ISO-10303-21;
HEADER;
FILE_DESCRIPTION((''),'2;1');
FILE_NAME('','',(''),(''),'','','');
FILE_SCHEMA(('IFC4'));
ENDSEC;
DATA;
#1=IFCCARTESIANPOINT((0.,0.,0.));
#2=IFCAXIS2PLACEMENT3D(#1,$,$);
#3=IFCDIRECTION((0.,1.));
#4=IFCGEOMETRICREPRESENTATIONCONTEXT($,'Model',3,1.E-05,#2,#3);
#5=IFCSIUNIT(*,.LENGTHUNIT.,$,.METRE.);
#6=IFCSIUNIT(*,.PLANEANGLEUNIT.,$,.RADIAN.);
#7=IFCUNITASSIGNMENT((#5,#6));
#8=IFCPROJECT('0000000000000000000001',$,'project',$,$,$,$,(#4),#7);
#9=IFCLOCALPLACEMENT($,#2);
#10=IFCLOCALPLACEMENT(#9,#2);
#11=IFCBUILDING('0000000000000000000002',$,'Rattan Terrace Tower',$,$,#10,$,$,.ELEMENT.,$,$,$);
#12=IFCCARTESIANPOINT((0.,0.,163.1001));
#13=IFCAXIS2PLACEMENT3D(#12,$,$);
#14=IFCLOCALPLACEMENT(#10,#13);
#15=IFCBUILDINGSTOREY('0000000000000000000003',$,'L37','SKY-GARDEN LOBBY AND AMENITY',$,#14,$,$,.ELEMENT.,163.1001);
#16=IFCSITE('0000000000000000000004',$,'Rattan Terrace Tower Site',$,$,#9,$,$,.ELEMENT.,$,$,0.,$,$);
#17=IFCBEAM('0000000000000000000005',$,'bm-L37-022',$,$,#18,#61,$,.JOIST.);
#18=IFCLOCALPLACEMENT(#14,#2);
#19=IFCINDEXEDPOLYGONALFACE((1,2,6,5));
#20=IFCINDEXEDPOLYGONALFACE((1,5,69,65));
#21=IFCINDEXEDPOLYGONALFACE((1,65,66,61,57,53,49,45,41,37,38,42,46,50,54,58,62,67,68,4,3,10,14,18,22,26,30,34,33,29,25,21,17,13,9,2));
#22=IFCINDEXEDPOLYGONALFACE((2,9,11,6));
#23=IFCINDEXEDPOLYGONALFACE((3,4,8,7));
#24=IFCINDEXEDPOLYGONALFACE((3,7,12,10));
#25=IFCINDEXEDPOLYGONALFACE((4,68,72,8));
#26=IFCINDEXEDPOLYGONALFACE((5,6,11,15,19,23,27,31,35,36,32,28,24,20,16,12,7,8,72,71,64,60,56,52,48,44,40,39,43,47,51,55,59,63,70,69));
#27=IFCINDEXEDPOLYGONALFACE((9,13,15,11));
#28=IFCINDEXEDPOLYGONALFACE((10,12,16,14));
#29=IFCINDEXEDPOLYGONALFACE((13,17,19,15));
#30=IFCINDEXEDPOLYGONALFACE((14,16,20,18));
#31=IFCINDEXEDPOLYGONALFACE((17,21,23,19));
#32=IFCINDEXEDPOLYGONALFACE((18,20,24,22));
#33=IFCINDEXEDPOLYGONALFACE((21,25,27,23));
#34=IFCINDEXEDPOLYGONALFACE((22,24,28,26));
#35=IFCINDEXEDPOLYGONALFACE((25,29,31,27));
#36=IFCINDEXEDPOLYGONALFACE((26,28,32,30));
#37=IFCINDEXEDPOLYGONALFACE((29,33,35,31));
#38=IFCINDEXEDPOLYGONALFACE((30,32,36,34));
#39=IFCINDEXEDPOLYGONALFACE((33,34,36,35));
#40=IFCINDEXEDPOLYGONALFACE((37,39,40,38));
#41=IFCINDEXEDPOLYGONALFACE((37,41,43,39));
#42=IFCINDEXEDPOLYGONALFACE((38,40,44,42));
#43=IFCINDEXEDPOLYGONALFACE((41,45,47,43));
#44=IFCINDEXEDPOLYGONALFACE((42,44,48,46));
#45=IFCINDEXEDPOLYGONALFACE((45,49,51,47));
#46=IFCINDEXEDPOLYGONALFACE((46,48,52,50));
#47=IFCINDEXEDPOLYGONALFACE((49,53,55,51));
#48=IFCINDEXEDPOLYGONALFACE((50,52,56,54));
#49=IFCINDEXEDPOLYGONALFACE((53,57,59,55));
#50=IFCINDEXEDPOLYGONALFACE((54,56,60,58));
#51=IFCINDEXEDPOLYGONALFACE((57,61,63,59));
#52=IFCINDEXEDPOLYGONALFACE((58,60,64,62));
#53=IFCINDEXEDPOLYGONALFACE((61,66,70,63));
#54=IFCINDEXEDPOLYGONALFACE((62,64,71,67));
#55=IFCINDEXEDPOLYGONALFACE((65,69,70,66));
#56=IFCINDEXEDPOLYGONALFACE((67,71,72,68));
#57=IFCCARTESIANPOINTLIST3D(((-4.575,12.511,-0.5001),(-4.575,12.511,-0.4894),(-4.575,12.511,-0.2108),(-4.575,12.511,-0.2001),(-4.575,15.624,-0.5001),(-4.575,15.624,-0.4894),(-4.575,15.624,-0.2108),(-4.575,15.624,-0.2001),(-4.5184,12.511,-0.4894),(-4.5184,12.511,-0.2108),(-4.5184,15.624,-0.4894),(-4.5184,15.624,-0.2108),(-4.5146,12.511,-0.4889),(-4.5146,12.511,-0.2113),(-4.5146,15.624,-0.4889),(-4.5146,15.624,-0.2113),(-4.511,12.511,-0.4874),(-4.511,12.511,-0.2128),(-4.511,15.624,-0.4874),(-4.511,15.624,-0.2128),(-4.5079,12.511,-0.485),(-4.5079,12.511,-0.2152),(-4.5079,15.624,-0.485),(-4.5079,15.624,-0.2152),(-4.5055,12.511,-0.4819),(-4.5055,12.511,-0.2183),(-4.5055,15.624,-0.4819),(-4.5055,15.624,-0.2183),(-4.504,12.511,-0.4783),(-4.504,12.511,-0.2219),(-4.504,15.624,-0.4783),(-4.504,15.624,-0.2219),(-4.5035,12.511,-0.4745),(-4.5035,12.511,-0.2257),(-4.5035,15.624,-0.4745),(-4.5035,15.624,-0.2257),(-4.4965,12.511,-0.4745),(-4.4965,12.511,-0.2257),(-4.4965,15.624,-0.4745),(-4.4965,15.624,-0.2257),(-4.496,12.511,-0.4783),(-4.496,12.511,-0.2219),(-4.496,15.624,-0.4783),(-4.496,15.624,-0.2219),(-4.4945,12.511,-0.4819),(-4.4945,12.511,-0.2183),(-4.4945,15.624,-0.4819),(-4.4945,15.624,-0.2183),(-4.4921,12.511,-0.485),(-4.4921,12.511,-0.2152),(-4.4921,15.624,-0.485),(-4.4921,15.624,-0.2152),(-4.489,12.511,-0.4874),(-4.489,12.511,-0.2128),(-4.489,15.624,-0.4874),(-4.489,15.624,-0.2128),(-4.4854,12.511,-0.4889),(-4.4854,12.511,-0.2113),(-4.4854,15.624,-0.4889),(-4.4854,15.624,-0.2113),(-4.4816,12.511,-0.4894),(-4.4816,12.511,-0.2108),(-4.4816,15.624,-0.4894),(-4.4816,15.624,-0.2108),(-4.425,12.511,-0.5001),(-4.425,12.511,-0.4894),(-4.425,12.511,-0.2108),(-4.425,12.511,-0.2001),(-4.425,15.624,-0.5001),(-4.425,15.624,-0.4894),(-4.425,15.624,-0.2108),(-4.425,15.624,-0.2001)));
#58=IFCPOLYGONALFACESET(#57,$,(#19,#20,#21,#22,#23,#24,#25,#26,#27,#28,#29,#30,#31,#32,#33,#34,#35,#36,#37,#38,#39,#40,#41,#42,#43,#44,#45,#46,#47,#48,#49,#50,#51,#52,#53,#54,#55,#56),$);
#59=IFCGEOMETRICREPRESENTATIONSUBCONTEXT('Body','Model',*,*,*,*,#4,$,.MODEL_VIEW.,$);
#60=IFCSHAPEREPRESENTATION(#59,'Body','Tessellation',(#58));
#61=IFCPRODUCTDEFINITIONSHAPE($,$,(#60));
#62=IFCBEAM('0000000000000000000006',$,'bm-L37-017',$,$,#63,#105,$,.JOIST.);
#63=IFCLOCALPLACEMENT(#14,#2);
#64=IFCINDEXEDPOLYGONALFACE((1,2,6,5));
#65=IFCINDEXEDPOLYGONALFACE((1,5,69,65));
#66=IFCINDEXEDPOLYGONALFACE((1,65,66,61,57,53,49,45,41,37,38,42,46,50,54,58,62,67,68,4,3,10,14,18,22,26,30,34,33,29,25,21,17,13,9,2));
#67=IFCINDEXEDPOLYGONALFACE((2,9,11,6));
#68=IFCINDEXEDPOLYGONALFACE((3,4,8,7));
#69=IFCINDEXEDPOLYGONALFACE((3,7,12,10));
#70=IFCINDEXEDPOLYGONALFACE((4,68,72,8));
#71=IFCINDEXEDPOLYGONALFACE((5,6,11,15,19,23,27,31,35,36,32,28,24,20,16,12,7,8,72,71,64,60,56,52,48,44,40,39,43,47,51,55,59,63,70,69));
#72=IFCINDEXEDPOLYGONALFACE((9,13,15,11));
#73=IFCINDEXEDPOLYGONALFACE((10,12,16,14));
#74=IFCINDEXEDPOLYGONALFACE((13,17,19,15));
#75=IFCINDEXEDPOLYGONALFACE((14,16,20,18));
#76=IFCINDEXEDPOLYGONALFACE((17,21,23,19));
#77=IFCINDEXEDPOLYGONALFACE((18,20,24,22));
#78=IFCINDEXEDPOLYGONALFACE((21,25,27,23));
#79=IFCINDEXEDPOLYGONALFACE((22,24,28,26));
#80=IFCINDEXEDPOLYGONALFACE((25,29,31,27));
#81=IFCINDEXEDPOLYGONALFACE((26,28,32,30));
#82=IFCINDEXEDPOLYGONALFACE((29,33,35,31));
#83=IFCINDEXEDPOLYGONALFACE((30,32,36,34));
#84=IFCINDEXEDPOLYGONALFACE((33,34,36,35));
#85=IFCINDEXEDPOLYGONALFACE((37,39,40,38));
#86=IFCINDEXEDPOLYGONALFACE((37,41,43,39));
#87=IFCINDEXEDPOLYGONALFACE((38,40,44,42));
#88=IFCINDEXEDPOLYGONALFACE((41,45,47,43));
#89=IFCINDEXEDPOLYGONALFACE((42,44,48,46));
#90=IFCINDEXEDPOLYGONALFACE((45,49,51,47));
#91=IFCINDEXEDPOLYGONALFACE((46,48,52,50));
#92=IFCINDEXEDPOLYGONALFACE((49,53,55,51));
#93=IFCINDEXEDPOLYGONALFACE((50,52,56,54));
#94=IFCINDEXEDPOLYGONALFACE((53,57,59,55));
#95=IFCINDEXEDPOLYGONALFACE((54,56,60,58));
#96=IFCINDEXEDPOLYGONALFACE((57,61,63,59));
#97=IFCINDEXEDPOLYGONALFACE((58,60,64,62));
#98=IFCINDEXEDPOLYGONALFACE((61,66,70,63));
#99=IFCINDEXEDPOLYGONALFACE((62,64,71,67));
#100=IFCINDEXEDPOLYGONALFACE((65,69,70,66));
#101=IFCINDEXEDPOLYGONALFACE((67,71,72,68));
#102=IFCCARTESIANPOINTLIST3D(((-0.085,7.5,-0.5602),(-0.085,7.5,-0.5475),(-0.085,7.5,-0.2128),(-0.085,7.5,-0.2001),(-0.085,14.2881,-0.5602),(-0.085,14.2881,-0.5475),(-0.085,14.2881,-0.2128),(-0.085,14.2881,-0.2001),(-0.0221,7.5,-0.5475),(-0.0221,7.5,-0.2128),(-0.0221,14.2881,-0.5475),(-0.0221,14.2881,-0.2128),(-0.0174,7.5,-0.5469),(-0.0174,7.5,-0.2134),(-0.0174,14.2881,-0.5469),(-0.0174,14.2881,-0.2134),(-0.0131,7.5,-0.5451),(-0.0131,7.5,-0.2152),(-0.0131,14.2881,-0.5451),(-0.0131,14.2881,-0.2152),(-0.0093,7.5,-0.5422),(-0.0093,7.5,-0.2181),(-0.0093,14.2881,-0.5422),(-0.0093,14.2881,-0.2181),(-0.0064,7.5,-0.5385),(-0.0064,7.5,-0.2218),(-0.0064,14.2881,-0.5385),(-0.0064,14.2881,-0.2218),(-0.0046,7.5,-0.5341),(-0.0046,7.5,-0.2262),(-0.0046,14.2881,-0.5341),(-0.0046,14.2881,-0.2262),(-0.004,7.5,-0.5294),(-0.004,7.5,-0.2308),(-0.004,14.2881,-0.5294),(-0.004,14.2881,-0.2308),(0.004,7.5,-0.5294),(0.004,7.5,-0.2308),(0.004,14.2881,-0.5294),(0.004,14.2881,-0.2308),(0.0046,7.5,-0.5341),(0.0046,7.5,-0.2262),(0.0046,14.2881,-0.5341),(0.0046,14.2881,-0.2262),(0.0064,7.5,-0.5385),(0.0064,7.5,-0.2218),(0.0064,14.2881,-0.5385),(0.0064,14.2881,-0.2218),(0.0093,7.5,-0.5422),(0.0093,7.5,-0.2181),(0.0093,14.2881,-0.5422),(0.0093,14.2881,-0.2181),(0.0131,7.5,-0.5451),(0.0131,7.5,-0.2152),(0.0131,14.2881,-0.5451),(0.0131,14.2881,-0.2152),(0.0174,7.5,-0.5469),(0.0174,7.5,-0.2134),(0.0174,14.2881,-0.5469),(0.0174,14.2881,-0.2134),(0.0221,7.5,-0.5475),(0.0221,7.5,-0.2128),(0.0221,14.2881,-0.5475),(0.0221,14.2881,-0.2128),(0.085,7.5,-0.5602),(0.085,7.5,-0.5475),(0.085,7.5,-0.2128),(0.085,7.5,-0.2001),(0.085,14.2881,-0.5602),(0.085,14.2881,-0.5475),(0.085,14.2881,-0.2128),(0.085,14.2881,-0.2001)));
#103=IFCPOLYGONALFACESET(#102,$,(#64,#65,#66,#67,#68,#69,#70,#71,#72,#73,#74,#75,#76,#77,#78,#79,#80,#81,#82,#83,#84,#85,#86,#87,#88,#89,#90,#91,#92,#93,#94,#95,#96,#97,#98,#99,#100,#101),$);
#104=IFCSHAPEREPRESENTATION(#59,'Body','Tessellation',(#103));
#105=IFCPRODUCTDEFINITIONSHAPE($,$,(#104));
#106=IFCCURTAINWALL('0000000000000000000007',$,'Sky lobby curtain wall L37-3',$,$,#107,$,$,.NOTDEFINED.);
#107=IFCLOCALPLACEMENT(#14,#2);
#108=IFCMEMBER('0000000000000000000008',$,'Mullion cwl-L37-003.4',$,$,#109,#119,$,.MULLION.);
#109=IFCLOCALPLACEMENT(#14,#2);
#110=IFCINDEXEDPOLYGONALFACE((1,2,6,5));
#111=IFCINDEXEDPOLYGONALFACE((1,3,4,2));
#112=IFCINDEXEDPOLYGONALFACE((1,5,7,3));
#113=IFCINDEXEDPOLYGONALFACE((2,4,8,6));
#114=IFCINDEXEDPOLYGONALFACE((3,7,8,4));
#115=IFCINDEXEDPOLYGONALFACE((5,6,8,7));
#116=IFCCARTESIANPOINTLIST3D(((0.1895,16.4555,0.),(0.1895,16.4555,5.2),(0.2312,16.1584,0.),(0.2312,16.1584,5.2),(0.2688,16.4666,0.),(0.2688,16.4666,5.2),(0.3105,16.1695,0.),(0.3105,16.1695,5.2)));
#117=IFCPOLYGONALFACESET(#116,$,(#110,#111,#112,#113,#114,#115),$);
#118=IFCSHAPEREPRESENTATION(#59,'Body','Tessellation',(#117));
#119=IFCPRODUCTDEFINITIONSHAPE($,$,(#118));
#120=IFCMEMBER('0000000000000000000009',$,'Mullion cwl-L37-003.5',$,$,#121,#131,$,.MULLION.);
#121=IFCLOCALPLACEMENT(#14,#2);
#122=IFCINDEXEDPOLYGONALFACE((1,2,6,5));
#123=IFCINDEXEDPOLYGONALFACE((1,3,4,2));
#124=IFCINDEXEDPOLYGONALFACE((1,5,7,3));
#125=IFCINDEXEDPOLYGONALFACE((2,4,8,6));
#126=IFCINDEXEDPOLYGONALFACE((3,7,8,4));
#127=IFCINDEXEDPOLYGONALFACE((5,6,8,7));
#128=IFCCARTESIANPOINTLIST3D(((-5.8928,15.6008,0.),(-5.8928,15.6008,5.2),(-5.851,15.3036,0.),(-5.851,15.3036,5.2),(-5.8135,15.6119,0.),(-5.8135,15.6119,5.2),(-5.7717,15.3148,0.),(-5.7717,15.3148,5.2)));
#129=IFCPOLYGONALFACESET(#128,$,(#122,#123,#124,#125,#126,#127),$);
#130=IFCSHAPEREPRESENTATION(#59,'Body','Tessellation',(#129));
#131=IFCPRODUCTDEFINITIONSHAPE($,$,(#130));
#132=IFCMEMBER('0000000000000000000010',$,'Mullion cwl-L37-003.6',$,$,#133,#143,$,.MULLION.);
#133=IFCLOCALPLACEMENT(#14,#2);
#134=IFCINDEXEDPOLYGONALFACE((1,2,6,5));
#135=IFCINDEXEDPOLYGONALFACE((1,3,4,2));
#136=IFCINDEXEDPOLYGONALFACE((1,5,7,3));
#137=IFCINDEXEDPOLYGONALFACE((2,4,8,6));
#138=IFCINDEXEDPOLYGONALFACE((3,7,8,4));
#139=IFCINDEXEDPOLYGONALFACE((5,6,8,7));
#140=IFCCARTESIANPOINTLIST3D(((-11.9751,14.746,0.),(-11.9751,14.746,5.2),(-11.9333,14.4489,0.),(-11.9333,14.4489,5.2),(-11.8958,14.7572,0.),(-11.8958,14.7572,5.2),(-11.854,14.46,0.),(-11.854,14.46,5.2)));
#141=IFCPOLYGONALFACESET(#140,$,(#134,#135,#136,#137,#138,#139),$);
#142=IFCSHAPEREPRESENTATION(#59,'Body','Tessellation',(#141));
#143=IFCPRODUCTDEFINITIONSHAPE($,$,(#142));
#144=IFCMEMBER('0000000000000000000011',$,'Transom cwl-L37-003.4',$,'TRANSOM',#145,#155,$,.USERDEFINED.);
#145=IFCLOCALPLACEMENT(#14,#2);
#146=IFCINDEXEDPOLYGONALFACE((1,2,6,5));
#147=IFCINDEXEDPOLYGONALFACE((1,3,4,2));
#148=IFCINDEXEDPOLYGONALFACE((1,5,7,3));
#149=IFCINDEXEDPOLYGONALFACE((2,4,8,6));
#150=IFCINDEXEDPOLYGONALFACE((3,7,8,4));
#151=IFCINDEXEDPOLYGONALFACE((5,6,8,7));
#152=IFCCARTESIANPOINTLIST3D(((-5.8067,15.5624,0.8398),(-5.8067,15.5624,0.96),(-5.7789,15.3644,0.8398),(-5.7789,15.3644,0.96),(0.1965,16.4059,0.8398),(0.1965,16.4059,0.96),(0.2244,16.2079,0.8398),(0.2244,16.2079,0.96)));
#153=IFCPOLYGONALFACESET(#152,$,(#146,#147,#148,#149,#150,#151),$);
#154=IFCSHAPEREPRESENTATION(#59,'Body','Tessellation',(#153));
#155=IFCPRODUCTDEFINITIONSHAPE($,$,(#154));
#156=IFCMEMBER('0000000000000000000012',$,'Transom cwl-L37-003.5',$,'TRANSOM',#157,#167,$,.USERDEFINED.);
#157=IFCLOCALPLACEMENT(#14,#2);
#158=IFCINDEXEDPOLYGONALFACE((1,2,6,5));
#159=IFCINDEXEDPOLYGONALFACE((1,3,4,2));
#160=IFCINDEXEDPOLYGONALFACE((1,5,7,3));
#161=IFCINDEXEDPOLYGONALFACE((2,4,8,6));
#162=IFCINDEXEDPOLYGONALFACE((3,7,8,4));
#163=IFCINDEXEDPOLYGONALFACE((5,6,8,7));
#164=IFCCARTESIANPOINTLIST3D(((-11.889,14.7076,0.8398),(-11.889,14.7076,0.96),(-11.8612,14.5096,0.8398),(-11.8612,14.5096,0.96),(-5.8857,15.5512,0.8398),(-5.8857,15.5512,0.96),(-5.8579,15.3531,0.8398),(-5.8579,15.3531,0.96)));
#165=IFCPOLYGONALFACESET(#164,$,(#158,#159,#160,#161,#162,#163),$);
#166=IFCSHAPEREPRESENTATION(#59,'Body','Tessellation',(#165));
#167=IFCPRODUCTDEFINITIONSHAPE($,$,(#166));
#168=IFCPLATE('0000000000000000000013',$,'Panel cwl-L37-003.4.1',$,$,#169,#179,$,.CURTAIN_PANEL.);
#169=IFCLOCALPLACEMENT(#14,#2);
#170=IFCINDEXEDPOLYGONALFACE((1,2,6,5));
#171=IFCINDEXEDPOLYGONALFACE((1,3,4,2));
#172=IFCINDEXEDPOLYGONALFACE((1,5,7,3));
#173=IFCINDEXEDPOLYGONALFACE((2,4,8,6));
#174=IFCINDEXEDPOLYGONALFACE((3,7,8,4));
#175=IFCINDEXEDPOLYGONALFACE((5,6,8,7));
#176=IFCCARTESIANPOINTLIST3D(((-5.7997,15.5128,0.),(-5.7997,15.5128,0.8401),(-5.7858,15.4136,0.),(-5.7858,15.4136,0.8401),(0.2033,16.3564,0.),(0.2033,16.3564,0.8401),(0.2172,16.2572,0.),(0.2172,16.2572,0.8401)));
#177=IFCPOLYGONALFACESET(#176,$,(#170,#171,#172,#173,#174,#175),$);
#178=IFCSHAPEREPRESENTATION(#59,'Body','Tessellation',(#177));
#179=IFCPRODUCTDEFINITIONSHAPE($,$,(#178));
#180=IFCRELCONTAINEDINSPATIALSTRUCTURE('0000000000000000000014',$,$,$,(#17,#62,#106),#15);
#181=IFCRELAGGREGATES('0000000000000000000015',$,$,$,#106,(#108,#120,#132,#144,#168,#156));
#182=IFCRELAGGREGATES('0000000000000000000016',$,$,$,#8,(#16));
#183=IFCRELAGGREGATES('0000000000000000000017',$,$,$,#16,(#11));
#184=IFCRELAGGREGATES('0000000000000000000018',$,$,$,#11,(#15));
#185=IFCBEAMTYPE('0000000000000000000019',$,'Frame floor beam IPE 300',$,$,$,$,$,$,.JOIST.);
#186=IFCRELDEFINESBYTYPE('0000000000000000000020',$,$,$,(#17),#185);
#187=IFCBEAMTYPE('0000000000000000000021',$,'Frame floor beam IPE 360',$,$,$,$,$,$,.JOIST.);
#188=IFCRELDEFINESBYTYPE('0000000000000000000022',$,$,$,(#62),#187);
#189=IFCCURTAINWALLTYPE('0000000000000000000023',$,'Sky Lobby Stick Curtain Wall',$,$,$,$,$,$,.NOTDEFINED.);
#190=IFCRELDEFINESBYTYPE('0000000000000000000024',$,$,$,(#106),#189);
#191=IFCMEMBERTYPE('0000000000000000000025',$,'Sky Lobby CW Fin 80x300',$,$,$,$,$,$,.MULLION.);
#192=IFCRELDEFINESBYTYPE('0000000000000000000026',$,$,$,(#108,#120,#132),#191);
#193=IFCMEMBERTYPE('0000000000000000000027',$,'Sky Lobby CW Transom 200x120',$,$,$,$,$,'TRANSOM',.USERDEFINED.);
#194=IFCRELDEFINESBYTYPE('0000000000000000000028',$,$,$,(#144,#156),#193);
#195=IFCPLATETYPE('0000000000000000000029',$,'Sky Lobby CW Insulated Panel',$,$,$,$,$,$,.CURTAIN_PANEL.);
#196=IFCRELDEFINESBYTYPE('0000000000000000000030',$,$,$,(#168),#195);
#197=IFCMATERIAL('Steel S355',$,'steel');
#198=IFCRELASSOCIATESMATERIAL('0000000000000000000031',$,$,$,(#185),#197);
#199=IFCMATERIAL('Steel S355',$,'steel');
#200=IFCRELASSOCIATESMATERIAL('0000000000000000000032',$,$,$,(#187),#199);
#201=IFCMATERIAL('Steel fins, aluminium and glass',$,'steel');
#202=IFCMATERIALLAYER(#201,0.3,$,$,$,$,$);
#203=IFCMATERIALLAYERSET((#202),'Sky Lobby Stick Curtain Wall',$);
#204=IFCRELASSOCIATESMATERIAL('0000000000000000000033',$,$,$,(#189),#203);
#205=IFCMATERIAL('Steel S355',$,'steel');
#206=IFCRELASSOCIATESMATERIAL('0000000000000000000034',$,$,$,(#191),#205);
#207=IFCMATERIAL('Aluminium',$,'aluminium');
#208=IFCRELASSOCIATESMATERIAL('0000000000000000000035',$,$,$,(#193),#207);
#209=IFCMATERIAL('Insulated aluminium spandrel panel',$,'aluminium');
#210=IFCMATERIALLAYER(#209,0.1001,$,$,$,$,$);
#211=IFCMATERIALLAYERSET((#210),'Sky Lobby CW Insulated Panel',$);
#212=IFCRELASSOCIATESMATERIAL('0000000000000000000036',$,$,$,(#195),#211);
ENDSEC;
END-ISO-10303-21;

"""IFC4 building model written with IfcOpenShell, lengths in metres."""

from ifc_helpers import new_model, si_unit, direction, frame, origin, origin_2d, place, context, subcontext, project, spatial, rectangle, i_section, extrude, material, layer, layer_set, material_profile, profile_set, type_object, element, aggregate, save


model = new_model("IFC4")

# Units and contexts
model_context = context("Model", 3, precision=1e-05, world=origin(), true_north=direction((0.0, 1.0)))
body_context = subcontext(model_context, "Body", "Model", "MODEL_VIEW")
ifc_project = project(units=[si_unit("LENGTHUNIT", "METRE"), si_unit("PLANEANGLEUNIT", "RADIAN")], contexts=[model_context])

# Site, building, storey
site_placement = place(None, origin())
site = spatial("IfcSite", under=ifc_project, at=site_placement, Name="Rattan Terrace Tower Site", CompositionType="ELEMENT", RefElevation=0.0)
building_placement = place(site_placement, origin())
building = spatial("IfcBuilding", under=site, at=building_placement, Name="Rattan Terrace Tower", CompositionType="ELEMENT")
storey_placement = place(building_placement, frame((0.0, 0.0, 163.1001)))
storey = spatial("IfcBuildingStorey", under=building, at=storey_placement, Name="L37", Description="SKY-GARDEN LOBBY AND AMENITY", CompositionType="ELEMENT", Elevation=163.1001)

# Beams
ifc_material_1 = material(Name="Steel S355", Category="steel")
ifc_material_profile_1 = material_profile(ifc_material_1, i_section(OverallWidth=0.1499, OverallDepth=0.3, WebThickness=0.0071, FlangeThickness=0.0107, FilletRadius=0.0149, at=origin_2d()), Name="IPE 300")
ifc_profile_set_1 = profile_set([ifc_material_profile_1], Name="Steel S355")
beam_type_1 = type_object("IfcBeamType", Name="Frame floor beam IPE 300", PredefinedType="JOIST", material=ifc_profile_set_1)
beam_1_placement = place(storey_placement, frame((-4.5, 12.511, -0.3501), z_axis=(0.0, 1.0, 0.0), x_axis=(-1.0, 0.0, 0.0)))
element("IfcBeam", 1, at=beam_1_placement, inside=storey, type_object=beam_type_1, Name="bm-L37-022", PredefinedType="JOIST", context=body_context, shape_type="SweptSolid", body=[
    extrude(i_section(OverallWidth=0.1499, OverallDepth=0.3, WebThickness=0.0071, FlangeThickness=0.0107, FilletRadius=0.0149, at=origin_2d()), origin(), (0.0, 0.0, 1.0), 3.113),
])
ifc_material_2 = material(Name="Steel S355", Category="steel")
ifc_material_profile_2 = material_profile(ifc_material_2, i_section(OverallWidth=0.1699, OverallDepth=0.3601, WebThickness=0.0081, FlangeThickness=0.0127, FilletRadius=0.0181, at=origin_2d()), Name="IPE 360")
ifc_profile_set_2 = profile_set([ifc_material_profile_2], Name="Steel S355")
beam_type_2 = type_object("IfcBeamType", Name="Frame floor beam IPE 360", PredefinedType="JOIST", material=ifc_profile_set_2)
beam_2_placement = place(storey_placement, frame((0.0, 7.5, -0.3801), z_axis=(0.0, 1.0, 0.0), x_axis=(-1.0, 0.0, 0.0)))
element("IfcBeam", 2, at=beam_2_placement, inside=storey, type_object=beam_type_2, Name="bm-L37-017", PredefinedType="JOIST", context=body_context, shape_type="SweptSolid", body=[
    extrude(i_section(OverallWidth=0.1699, OverallDepth=0.3601, WebThickness=0.0081, FlangeThickness=0.0127, FilletRadius=0.0181, at=origin_2d()), origin(), (0.0, 0.0, 1.0), 6.7881),
])

# Curtain wall, members, plate
ifc_material_3 = material(Name="Steel fins, aluminium and glass", Category="steel")
ifc_layer_1 = layer(ifc_material_3, 0.3)
ifc_layer_set_1 = layer_set([ifc_layer_1], Name="Sky Lobby Stick Curtain Wall")
curtain_wall_type = type_object("IfcCurtainWallType", Name="Sky Lobby Stick Curtain Wall", PredefinedType="NOTDEFINED", material=ifc_layer_set_1)
curtain_wall_placement = place(storey_placement, origin())
curtain_wall = element("IfcCurtainWall", 3, at=curtain_wall_placement, inside=storey, type_object=curtain_wall_type, Name="Sky lobby curtain wall L37-3", PredefinedType="NOTDEFINED")
ifc_material_4 = material(Name="Steel S355", Category="steel")
ifc_material_profile_3 = material_profile(ifc_material_4, rectangle(XDim=0.0801, YDim=0.3, at=origin_2d()), Name="Steel S355 80x300")
ifc_profile_set_3 = profile_set([ifc_material_profile_3], Name="Steel S355")
member_type_1 = type_object("IfcMemberType", Name="Sky Lobby CW Fin 80x300", PredefinedType="MULLION", material=ifc_profile_set_3)
member_1_placement = place(storey_placement, frame((0.25, 16.3125, 0.0), z_axis=(0.0, 0.0, 1.0), x_axis=(-0.99027, -0.139161, 0.0)))
member_1 = element("IfcMember", 4, at=member_1_placement, type_object=member_type_1, Name="Mullion cwl-L37-003.4", PredefinedType="MULLION", context=body_context, shape_type="SweptSolid", body=[
    extrude(rectangle(XDim=0.0801, YDim=0.3, at=origin_2d()), origin(), (0.0, 0.0, 1.0), 5.2),
])
member_2_placement = place(storey_placement, frame((-5.8323, 15.4578, 0.0), z_axis=(0.0, 0.0, 1.0), x_axis=(-0.99027, -0.139161, 0.0)))
member_2 = element("IfcMember", 5, at=member_2_placement, type_object=member_type_1, Name="Mullion cwl-L37-003.5", PredefinedType="MULLION", context=body_context, shape_type="SweptSolid", body=[
    extrude(rectangle(XDim=0.0801, YDim=0.3, at=origin_2d()), origin(), (0.0, 0.0, 1.0), 5.2),
])
member_3_placement = place(storey_placement, frame((-11.9146, 14.603, 0.0), z_axis=(0.0, 0.0, 1.0), x_axis=(-0.99027, -0.139161, 0.0)))
member_3 = element("IfcMember", 6, at=member_3_placement, type_object=member_type_1, Name="Mullion cwl-L37-003.6", PredefinedType="MULLION", context=body_context, shape_type="SweptSolid", body=[
    extrude(rectangle(XDim=0.0801, YDim=0.3, at=origin_2d()), origin(), (0.0, 0.0, 1.0), 5.2),
])
ifc_material_5 = material(Name="Aluminium", Category="aluminium")
ifc_material_profile_4 = material_profile(ifc_material_5, rectangle(XDim=0.2, YDim=0.1201, at=origin_2d()), Name="Aluminium 200x120")
ifc_profile_set_4 = profile_set([ifc_material_profile_4], Name="Aluminium")
member_type_2 = type_object("IfcMemberType", Name="Sky Lobby CW Transom 200x120", ElementType="TRANSOM", PredefinedType="USERDEFINED", material=ifc_profile_set_4)
member_4_placement = place(storey_placement, frame((0.2104, 16.3069, 0.8999), z_axis=(-0.990272, -0.139143, 0.0), x_axis=(0.139143, -0.990272, 0.0)))
member_4 = element("IfcMember", 7, at=member_4_placement, type_object=member_type_2, Name="Transom cwl-L37-003.4", ObjectType="TRANSOM", PredefinedType="USERDEFINED", context=body_context, shape_type="SweptSolid", body=[
    extrude(rectangle(XDim=0.2, YDim=0.1201, at=origin_2d()), origin(), (0.0, 0.0, 1.0), 6.0623),
])
member_5_placement = place(storey_placement, frame((-5.8718, 15.4521, 0.8999), z_axis=(-0.990272, -0.139143, 0.0), x_axis=(0.139143, -0.990272, 0.0)))
member_5 = element("IfcMember", 8, at=member_5_placement, type_object=member_type_2, Name="Transom cwl-L37-003.5", ObjectType="TRANSOM", PredefinedType="USERDEFINED", context=body_context, shape_type="SweptSolid", body=[
    extrude(rectangle(XDim=0.2, YDim=0.1201, at=origin_2d()), origin(), (0.0, 0.0, 1.0), 6.0623),
])
ifc_material_6 = material(Name="Insulated aluminium spandrel panel", Category="aluminium")
ifc_layer_2 = layer(ifc_material_6, 0.1001)
ifc_layer_set_2 = layer_set([ifc_layer_2], Name="Sky Lobby CW Insulated Panel")
plate_type_1 = type_object("IfcPlateType", Name="Sky Lobby CW Insulated Panel", PredefinedType="CURTAIN_PANEL", material=ifc_layer_set_2)
plate_1_placement = place(storey_placement, frame((-2.7913, 15.885, 0.0), z_axis=(0.0, 0.0, 1.0), x_axis=(-0.99027, -0.139161, 0.0)))
plate_1 = element("IfcPlate", 9, at=plate_1_placement, type_object=plate_type_1, Name="Panel cwl-L37-003.4.1", PredefinedType="CURTAIN_PANEL", context=body_context, shape_type="SweptSolid", body=[
    extrude(rectangle(XDim=6.062, YDim=0.1001, at=origin_2d()), origin(), (0.0, 0.0, 1.0), 0.8401),
])
aggregate(curtain_wall, [member_1, member_2, member_3, member_4, plate_1, member_5])

save(model, "model.ifc")
